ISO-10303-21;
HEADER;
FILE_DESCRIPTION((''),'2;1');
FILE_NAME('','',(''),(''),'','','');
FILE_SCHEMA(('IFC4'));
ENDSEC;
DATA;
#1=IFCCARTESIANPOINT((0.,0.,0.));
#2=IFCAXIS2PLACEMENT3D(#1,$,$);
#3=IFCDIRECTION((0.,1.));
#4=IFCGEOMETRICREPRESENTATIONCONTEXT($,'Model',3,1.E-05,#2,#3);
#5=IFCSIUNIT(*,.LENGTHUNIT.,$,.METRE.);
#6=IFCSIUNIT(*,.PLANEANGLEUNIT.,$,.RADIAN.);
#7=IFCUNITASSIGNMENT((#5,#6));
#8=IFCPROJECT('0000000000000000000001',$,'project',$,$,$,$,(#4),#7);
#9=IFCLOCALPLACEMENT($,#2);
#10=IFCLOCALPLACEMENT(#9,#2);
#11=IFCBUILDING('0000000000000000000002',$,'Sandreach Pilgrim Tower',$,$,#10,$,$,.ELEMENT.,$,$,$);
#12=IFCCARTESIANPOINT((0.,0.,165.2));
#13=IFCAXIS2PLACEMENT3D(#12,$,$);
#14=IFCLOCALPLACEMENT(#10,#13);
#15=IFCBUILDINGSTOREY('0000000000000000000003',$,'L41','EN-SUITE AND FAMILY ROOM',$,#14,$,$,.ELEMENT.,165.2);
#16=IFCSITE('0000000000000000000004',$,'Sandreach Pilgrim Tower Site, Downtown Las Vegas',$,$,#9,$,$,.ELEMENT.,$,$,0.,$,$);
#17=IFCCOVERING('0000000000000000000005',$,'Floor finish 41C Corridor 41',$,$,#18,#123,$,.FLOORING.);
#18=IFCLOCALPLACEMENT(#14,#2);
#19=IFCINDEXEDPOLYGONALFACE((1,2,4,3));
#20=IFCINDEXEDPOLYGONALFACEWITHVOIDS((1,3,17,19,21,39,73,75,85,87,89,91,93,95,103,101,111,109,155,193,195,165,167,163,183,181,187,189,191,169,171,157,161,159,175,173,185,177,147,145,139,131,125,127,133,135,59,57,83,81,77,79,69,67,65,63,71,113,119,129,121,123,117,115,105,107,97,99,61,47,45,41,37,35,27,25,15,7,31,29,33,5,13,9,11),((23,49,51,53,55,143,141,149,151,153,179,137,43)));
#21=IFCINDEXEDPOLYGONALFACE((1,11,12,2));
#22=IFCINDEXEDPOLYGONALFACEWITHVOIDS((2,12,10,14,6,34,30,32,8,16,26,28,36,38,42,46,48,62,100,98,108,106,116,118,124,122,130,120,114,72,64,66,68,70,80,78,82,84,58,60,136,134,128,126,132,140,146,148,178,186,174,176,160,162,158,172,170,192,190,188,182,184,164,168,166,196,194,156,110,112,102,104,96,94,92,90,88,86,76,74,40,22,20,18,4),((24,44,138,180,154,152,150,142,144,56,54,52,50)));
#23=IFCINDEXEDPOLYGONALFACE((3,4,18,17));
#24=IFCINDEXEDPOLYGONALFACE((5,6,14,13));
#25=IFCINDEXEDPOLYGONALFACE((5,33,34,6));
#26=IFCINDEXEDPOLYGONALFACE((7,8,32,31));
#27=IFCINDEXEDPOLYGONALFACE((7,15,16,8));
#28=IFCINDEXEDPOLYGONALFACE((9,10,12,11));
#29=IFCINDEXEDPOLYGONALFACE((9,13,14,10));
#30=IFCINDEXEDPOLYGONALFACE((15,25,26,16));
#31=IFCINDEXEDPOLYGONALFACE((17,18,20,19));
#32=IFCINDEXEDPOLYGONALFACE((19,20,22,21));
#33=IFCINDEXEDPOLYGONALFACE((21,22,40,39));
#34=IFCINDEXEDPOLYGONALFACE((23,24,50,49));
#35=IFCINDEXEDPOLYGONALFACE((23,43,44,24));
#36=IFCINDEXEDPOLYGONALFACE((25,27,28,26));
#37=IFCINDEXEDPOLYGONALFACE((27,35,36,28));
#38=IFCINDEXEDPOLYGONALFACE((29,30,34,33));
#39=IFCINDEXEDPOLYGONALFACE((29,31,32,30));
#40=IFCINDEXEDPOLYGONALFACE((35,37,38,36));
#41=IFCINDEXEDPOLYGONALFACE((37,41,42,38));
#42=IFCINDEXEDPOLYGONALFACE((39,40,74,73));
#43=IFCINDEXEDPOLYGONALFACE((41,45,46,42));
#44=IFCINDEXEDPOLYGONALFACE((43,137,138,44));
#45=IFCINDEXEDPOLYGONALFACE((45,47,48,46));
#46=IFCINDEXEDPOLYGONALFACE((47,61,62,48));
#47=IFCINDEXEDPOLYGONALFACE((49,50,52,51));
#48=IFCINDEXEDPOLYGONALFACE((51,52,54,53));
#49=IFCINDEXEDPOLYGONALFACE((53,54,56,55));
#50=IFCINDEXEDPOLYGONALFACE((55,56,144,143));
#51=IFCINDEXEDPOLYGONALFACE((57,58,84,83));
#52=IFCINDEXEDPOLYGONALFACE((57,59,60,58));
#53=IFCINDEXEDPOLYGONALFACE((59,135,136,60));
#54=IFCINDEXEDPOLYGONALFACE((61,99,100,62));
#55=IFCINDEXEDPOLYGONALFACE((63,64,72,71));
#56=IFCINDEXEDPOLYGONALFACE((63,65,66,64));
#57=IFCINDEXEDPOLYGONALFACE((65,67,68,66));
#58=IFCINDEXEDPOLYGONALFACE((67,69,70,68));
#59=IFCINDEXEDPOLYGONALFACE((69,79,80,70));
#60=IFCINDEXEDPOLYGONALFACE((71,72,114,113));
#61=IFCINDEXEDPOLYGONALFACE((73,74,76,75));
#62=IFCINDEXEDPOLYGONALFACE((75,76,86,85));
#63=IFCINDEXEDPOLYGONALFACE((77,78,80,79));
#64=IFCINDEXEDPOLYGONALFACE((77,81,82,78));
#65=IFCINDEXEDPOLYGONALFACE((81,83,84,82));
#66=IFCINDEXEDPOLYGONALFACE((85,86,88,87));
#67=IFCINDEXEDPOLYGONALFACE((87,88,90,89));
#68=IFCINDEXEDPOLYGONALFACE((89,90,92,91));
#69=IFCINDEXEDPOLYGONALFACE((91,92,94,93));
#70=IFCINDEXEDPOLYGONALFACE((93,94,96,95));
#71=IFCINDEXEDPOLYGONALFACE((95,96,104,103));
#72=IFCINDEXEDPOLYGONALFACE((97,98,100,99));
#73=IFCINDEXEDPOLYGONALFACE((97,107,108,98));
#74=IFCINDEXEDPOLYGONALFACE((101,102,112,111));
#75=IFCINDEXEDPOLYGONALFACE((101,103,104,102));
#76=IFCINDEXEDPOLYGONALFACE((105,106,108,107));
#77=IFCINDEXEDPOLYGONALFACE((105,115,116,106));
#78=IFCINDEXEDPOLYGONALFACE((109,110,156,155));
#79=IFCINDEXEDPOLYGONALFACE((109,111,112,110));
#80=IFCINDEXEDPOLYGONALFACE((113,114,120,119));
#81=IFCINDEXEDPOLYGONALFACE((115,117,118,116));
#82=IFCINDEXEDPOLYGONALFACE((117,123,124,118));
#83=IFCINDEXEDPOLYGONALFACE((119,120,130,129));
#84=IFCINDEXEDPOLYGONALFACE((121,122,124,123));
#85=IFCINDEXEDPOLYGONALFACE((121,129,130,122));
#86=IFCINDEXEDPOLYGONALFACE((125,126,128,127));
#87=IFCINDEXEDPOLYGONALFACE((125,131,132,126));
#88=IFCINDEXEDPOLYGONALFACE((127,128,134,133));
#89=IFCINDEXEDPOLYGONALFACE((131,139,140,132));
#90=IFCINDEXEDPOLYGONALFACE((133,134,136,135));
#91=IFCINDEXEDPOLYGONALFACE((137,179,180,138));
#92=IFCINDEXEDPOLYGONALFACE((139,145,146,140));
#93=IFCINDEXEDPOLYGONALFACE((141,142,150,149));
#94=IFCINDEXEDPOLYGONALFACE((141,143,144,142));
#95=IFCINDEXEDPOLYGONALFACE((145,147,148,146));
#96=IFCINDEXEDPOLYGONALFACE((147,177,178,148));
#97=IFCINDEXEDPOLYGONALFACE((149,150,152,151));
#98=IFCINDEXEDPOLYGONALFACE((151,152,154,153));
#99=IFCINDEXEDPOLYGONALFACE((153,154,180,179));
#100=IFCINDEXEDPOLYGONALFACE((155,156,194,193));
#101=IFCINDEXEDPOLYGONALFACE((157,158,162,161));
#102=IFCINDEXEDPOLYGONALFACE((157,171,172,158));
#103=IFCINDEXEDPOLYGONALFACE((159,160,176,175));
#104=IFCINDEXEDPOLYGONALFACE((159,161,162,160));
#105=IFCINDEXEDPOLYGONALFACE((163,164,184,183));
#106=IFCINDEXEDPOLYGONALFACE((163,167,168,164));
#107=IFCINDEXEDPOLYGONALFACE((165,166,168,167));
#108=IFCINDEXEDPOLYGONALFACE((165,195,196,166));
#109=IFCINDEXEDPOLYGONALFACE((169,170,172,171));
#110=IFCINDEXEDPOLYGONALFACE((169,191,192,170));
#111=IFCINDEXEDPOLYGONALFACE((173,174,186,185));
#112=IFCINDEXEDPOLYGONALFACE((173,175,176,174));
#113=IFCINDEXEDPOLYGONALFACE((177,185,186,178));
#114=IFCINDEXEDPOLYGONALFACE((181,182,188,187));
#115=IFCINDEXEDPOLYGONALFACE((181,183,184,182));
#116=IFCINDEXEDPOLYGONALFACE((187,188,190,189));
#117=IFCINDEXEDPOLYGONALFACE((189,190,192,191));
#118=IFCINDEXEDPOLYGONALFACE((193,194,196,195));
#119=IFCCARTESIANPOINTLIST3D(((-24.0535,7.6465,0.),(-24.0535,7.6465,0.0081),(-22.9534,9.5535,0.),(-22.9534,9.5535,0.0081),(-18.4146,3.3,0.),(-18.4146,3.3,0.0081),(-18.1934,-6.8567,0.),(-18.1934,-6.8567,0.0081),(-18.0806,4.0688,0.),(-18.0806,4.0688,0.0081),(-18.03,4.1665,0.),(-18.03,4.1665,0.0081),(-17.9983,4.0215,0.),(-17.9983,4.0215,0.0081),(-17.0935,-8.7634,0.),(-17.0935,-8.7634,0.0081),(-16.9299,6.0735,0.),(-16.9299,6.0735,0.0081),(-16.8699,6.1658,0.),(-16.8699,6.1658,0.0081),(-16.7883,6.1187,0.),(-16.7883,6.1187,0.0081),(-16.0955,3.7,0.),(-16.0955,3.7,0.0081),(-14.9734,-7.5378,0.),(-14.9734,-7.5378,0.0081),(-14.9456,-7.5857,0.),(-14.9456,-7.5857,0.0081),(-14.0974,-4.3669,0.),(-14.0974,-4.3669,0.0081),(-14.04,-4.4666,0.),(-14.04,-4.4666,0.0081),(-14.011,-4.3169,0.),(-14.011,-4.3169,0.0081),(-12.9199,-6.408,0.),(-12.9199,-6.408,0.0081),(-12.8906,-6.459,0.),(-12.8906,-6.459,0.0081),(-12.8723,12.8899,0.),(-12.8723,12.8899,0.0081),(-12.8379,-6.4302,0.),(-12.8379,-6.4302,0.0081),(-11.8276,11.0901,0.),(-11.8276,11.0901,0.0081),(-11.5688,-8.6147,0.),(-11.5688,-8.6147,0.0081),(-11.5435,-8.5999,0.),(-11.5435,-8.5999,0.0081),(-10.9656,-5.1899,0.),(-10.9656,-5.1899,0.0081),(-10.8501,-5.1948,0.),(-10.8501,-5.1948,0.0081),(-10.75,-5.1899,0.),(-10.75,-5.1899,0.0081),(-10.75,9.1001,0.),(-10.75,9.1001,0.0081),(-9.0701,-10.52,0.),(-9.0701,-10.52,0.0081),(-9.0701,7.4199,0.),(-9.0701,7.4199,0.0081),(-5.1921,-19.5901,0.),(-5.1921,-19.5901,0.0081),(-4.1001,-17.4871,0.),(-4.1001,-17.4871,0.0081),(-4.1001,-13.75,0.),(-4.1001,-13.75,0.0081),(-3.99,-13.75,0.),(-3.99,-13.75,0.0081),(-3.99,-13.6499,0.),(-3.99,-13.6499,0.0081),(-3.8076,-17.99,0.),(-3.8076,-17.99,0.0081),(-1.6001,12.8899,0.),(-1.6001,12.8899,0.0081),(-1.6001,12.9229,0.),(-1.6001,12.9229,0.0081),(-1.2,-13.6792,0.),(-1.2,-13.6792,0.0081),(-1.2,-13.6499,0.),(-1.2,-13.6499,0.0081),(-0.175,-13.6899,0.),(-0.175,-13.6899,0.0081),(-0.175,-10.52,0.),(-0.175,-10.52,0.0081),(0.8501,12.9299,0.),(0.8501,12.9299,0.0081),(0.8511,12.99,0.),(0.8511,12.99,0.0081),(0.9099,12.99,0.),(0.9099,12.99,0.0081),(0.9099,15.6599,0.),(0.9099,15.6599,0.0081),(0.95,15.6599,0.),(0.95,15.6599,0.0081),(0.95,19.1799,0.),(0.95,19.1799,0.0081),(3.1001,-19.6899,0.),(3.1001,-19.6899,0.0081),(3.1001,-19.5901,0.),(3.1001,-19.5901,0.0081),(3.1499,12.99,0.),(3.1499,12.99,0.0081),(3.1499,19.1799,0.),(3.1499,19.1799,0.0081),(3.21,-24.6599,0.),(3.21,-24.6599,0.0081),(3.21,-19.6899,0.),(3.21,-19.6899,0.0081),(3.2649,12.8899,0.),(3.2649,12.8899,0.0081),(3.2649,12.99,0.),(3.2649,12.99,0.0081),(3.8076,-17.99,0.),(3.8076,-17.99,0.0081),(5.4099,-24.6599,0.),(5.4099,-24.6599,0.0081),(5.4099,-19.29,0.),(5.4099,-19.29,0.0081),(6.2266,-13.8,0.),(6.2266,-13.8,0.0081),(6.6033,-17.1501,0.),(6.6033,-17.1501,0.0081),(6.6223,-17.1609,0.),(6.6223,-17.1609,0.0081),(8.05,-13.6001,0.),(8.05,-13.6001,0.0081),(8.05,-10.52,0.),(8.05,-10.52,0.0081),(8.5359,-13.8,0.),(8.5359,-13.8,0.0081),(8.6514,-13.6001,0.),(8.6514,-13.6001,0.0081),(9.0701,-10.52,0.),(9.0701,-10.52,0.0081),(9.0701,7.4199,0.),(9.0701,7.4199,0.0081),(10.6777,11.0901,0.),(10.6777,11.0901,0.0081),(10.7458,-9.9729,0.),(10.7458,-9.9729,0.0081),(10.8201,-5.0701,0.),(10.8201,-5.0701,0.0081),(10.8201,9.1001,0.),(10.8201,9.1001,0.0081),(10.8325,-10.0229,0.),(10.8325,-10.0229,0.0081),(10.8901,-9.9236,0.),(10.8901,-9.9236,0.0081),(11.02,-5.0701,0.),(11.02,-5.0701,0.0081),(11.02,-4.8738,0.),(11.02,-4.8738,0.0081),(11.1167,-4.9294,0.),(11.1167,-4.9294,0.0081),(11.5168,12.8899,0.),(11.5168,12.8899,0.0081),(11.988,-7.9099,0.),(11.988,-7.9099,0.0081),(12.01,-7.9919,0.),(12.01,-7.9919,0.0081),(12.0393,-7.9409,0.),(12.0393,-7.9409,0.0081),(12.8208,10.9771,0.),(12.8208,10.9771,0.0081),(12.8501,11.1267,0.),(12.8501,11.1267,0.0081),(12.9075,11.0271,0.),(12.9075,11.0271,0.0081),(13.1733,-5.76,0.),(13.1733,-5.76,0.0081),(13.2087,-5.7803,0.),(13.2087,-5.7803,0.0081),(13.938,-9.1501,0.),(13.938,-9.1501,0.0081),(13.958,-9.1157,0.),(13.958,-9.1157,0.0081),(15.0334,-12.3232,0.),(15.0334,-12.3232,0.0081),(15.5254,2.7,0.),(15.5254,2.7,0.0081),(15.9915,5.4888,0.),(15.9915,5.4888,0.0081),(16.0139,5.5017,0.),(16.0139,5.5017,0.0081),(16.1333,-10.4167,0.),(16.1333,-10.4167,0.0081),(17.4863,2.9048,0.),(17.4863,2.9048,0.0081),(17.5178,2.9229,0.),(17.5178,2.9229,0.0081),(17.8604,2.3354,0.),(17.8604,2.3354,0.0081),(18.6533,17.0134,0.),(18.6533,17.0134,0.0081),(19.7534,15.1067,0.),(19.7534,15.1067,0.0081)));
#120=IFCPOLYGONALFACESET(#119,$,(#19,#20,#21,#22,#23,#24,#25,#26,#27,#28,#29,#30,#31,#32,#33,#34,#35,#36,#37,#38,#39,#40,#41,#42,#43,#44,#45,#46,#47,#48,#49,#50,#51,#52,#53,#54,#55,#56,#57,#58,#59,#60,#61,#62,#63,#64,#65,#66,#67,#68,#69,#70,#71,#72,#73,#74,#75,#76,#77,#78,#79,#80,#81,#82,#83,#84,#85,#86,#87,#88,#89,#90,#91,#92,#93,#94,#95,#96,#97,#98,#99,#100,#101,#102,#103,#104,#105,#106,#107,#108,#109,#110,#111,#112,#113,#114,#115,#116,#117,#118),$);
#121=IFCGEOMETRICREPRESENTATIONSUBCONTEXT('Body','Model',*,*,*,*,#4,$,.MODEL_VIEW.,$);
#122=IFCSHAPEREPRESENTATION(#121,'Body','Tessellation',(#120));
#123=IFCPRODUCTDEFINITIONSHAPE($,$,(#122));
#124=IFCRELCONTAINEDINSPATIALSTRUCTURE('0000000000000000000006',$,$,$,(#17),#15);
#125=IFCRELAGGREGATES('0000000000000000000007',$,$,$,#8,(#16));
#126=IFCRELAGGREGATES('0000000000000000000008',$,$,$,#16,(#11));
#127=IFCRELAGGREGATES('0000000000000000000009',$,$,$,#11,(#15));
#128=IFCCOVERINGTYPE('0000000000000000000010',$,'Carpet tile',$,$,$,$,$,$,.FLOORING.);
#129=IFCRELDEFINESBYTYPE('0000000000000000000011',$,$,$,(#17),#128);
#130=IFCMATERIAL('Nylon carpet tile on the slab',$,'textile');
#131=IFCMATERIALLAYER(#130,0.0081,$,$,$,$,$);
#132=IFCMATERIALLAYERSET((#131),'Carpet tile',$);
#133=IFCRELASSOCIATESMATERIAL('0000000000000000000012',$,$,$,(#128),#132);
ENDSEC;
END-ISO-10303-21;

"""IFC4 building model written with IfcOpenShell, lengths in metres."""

from ifc_helpers import new_model, si_unit, direction, frame, origin, place, context, subcontext, project, spatial, polyline, outline, extrude, material, layer, layer_set, type_object, element, save


model = new_model("IFC4")

# Units and contexts
model_context = context("Model", 3, precision=1e-05, world=origin(), true_north=direction((0.0, 1.0)))
body_context = subcontext(model_context, "Body", "Model", "MODEL_VIEW")
ifc_project = project(units=[si_unit("LENGTHUNIT", "METRE"), si_unit("PLANEANGLEUNIT", "RADIAN")], contexts=[model_context])

# Site, building, storey
site_placement = place(None, origin())
site = spatial("IfcSite", under=ifc_project, at=site_placement, Name="Sandreach Pilgrim Tower Site, Downtown Las Vegas", CompositionType="ELEMENT", RefElevation=0.0)
building_placement = place(site_placement, origin())
building = spatial("IfcBuilding", under=site, at=building_placement, Name="Sandreach Pilgrim Tower", CompositionType="ELEMENT")
storey_placement = place(building_placement, frame((0.0, 0.0, 165.2)))
storey = spatial("IfcBuildingStorey", under=building, at=storey_placement, Name="L41", Description="EN-SUITE AND FAMILY ROOM", CompositionType="ELEMENT", Elevation=165.2)

# Covering
ifc_material_1 = material(Name="Nylon carpet tile on the slab", Category="textile")
ifc_layer_1 = layer(ifc_material_1, 0.0081)
ifc_layer_set_1 = layer_set([ifc_layer_1], Name="Carpet tile")
covering_type_1 = type_object("IfcCoveringType", Name="Carpet tile", PredefinedType="FLOORING", material=ifc_layer_set_1)
covering_1_placement = place(storey_placement, origin())
element("IfcCovering", 1, at=covering_1_placement, inside=storey, type_object=covering_type_1, Name="Floor finish 41C Corridor 41", PredefinedType="FLOORING", context=body_context, shape_type="SweptSolid", body=[
    extrude(outline(polyline([(-18.03, 4.1665), (-24.0535, 7.6465), (-22.9534, 9.5535), (-16.9299, 6.0735), (-16.8699, 6.1658), (-16.7883, 6.1187), (-12.8723, 12.8899), (-1.6001, 12.8899), (-1.6001, 12.9229), (0.8501, 12.9299), (0.8511, 12.99), (0.9099, 12.99), (0.9099, 15.6599), (0.95, 15.6599), (0.95, 19.1799), (3.1499, 19.1799), (3.1499, 12.99), (3.2649, 12.99), (3.2649, 12.8899), (11.5168, 12.8899), (18.6533, 17.0134), (19.7534, 15.1067), (12.8501, 11.1267), (12.9075, 11.0271), (12.8208, 10.9771), (16.0139, 5.5017), (15.9915, 5.4888), (17.4863, 2.9048), (17.5178, 2.9229), (17.8604, 2.3354), (13.1733, -5.76), (13.2087, -5.7803), (11.988, -7.9099), (12.0393, -7.9409), (12.01, -7.9919), (13.958, -9.1157), (13.938, -9.1501), (16.1333, -10.4167), (15.0334, -12.3232), (10.8901, -9.9236), (10.8325, -10.0229), (10.7458, -9.9729), (8.6514, -13.6001), (8.05, -13.6001), (8.05, -10.52), (9.0701, -10.52), (9.0701, 7.4199), (-9.0701, 7.4199), (-9.0701, -10.52), (-0.175, -10.52), (-0.175, -13.6899), (-1.2, -13.6792), (-1.2, -13.6499), (-3.99, -13.6499), (-3.99, -13.75), (-4.1001, -13.75), (-4.1001, -17.4871), (-3.8076, -17.99), (3.8076, -17.99), (6.2266, -13.8), (8.5359, -13.8), (6.6033, -17.1501), (6.6223, -17.1609), (5.4099, -19.29), (5.4099, -24.6599), (3.21, -24.6599), (3.21, -19.6899), (3.1001, -19.6899), (3.1001, -19.5901), (-5.1921, -19.5901), (-11.5435, -8.5999), (-11.5688, -8.6147), (-12.8379, -6.4302), (-12.8906, -6.459), (-12.9199, -6.408), (-14.9456, -7.5857), (-14.9734, -7.5378), (-17.0935, -8.7634), (-18.1934, -6.8567), (-14.04, -4.4666), (-14.0974, -4.3669), (-14.011, -4.3169), (-18.4146, 3.3), (-17.9983, 4.0215), (-18.0806, 4.0688), (-18.03, 4.1665)]), holes=[polyline([(-16.0955, 3.7), (-10.9656, -5.1899), (-10.8501, -5.1948), (-10.75, -5.1899), (-10.75, 9.1001), (10.8201, 9.1001), (10.8201, -5.0701), (11.02, -5.0701), (11.02, -4.8738), (11.1167, -4.9294), (15.5254, 2.7), (10.6777, 11.0901), (-11.8276, 11.0901), (-16.0955, 3.7)])]), origin(), (0.0, 0.0, 1.0), 0.0081),
])

save(model, "model.ifc")
